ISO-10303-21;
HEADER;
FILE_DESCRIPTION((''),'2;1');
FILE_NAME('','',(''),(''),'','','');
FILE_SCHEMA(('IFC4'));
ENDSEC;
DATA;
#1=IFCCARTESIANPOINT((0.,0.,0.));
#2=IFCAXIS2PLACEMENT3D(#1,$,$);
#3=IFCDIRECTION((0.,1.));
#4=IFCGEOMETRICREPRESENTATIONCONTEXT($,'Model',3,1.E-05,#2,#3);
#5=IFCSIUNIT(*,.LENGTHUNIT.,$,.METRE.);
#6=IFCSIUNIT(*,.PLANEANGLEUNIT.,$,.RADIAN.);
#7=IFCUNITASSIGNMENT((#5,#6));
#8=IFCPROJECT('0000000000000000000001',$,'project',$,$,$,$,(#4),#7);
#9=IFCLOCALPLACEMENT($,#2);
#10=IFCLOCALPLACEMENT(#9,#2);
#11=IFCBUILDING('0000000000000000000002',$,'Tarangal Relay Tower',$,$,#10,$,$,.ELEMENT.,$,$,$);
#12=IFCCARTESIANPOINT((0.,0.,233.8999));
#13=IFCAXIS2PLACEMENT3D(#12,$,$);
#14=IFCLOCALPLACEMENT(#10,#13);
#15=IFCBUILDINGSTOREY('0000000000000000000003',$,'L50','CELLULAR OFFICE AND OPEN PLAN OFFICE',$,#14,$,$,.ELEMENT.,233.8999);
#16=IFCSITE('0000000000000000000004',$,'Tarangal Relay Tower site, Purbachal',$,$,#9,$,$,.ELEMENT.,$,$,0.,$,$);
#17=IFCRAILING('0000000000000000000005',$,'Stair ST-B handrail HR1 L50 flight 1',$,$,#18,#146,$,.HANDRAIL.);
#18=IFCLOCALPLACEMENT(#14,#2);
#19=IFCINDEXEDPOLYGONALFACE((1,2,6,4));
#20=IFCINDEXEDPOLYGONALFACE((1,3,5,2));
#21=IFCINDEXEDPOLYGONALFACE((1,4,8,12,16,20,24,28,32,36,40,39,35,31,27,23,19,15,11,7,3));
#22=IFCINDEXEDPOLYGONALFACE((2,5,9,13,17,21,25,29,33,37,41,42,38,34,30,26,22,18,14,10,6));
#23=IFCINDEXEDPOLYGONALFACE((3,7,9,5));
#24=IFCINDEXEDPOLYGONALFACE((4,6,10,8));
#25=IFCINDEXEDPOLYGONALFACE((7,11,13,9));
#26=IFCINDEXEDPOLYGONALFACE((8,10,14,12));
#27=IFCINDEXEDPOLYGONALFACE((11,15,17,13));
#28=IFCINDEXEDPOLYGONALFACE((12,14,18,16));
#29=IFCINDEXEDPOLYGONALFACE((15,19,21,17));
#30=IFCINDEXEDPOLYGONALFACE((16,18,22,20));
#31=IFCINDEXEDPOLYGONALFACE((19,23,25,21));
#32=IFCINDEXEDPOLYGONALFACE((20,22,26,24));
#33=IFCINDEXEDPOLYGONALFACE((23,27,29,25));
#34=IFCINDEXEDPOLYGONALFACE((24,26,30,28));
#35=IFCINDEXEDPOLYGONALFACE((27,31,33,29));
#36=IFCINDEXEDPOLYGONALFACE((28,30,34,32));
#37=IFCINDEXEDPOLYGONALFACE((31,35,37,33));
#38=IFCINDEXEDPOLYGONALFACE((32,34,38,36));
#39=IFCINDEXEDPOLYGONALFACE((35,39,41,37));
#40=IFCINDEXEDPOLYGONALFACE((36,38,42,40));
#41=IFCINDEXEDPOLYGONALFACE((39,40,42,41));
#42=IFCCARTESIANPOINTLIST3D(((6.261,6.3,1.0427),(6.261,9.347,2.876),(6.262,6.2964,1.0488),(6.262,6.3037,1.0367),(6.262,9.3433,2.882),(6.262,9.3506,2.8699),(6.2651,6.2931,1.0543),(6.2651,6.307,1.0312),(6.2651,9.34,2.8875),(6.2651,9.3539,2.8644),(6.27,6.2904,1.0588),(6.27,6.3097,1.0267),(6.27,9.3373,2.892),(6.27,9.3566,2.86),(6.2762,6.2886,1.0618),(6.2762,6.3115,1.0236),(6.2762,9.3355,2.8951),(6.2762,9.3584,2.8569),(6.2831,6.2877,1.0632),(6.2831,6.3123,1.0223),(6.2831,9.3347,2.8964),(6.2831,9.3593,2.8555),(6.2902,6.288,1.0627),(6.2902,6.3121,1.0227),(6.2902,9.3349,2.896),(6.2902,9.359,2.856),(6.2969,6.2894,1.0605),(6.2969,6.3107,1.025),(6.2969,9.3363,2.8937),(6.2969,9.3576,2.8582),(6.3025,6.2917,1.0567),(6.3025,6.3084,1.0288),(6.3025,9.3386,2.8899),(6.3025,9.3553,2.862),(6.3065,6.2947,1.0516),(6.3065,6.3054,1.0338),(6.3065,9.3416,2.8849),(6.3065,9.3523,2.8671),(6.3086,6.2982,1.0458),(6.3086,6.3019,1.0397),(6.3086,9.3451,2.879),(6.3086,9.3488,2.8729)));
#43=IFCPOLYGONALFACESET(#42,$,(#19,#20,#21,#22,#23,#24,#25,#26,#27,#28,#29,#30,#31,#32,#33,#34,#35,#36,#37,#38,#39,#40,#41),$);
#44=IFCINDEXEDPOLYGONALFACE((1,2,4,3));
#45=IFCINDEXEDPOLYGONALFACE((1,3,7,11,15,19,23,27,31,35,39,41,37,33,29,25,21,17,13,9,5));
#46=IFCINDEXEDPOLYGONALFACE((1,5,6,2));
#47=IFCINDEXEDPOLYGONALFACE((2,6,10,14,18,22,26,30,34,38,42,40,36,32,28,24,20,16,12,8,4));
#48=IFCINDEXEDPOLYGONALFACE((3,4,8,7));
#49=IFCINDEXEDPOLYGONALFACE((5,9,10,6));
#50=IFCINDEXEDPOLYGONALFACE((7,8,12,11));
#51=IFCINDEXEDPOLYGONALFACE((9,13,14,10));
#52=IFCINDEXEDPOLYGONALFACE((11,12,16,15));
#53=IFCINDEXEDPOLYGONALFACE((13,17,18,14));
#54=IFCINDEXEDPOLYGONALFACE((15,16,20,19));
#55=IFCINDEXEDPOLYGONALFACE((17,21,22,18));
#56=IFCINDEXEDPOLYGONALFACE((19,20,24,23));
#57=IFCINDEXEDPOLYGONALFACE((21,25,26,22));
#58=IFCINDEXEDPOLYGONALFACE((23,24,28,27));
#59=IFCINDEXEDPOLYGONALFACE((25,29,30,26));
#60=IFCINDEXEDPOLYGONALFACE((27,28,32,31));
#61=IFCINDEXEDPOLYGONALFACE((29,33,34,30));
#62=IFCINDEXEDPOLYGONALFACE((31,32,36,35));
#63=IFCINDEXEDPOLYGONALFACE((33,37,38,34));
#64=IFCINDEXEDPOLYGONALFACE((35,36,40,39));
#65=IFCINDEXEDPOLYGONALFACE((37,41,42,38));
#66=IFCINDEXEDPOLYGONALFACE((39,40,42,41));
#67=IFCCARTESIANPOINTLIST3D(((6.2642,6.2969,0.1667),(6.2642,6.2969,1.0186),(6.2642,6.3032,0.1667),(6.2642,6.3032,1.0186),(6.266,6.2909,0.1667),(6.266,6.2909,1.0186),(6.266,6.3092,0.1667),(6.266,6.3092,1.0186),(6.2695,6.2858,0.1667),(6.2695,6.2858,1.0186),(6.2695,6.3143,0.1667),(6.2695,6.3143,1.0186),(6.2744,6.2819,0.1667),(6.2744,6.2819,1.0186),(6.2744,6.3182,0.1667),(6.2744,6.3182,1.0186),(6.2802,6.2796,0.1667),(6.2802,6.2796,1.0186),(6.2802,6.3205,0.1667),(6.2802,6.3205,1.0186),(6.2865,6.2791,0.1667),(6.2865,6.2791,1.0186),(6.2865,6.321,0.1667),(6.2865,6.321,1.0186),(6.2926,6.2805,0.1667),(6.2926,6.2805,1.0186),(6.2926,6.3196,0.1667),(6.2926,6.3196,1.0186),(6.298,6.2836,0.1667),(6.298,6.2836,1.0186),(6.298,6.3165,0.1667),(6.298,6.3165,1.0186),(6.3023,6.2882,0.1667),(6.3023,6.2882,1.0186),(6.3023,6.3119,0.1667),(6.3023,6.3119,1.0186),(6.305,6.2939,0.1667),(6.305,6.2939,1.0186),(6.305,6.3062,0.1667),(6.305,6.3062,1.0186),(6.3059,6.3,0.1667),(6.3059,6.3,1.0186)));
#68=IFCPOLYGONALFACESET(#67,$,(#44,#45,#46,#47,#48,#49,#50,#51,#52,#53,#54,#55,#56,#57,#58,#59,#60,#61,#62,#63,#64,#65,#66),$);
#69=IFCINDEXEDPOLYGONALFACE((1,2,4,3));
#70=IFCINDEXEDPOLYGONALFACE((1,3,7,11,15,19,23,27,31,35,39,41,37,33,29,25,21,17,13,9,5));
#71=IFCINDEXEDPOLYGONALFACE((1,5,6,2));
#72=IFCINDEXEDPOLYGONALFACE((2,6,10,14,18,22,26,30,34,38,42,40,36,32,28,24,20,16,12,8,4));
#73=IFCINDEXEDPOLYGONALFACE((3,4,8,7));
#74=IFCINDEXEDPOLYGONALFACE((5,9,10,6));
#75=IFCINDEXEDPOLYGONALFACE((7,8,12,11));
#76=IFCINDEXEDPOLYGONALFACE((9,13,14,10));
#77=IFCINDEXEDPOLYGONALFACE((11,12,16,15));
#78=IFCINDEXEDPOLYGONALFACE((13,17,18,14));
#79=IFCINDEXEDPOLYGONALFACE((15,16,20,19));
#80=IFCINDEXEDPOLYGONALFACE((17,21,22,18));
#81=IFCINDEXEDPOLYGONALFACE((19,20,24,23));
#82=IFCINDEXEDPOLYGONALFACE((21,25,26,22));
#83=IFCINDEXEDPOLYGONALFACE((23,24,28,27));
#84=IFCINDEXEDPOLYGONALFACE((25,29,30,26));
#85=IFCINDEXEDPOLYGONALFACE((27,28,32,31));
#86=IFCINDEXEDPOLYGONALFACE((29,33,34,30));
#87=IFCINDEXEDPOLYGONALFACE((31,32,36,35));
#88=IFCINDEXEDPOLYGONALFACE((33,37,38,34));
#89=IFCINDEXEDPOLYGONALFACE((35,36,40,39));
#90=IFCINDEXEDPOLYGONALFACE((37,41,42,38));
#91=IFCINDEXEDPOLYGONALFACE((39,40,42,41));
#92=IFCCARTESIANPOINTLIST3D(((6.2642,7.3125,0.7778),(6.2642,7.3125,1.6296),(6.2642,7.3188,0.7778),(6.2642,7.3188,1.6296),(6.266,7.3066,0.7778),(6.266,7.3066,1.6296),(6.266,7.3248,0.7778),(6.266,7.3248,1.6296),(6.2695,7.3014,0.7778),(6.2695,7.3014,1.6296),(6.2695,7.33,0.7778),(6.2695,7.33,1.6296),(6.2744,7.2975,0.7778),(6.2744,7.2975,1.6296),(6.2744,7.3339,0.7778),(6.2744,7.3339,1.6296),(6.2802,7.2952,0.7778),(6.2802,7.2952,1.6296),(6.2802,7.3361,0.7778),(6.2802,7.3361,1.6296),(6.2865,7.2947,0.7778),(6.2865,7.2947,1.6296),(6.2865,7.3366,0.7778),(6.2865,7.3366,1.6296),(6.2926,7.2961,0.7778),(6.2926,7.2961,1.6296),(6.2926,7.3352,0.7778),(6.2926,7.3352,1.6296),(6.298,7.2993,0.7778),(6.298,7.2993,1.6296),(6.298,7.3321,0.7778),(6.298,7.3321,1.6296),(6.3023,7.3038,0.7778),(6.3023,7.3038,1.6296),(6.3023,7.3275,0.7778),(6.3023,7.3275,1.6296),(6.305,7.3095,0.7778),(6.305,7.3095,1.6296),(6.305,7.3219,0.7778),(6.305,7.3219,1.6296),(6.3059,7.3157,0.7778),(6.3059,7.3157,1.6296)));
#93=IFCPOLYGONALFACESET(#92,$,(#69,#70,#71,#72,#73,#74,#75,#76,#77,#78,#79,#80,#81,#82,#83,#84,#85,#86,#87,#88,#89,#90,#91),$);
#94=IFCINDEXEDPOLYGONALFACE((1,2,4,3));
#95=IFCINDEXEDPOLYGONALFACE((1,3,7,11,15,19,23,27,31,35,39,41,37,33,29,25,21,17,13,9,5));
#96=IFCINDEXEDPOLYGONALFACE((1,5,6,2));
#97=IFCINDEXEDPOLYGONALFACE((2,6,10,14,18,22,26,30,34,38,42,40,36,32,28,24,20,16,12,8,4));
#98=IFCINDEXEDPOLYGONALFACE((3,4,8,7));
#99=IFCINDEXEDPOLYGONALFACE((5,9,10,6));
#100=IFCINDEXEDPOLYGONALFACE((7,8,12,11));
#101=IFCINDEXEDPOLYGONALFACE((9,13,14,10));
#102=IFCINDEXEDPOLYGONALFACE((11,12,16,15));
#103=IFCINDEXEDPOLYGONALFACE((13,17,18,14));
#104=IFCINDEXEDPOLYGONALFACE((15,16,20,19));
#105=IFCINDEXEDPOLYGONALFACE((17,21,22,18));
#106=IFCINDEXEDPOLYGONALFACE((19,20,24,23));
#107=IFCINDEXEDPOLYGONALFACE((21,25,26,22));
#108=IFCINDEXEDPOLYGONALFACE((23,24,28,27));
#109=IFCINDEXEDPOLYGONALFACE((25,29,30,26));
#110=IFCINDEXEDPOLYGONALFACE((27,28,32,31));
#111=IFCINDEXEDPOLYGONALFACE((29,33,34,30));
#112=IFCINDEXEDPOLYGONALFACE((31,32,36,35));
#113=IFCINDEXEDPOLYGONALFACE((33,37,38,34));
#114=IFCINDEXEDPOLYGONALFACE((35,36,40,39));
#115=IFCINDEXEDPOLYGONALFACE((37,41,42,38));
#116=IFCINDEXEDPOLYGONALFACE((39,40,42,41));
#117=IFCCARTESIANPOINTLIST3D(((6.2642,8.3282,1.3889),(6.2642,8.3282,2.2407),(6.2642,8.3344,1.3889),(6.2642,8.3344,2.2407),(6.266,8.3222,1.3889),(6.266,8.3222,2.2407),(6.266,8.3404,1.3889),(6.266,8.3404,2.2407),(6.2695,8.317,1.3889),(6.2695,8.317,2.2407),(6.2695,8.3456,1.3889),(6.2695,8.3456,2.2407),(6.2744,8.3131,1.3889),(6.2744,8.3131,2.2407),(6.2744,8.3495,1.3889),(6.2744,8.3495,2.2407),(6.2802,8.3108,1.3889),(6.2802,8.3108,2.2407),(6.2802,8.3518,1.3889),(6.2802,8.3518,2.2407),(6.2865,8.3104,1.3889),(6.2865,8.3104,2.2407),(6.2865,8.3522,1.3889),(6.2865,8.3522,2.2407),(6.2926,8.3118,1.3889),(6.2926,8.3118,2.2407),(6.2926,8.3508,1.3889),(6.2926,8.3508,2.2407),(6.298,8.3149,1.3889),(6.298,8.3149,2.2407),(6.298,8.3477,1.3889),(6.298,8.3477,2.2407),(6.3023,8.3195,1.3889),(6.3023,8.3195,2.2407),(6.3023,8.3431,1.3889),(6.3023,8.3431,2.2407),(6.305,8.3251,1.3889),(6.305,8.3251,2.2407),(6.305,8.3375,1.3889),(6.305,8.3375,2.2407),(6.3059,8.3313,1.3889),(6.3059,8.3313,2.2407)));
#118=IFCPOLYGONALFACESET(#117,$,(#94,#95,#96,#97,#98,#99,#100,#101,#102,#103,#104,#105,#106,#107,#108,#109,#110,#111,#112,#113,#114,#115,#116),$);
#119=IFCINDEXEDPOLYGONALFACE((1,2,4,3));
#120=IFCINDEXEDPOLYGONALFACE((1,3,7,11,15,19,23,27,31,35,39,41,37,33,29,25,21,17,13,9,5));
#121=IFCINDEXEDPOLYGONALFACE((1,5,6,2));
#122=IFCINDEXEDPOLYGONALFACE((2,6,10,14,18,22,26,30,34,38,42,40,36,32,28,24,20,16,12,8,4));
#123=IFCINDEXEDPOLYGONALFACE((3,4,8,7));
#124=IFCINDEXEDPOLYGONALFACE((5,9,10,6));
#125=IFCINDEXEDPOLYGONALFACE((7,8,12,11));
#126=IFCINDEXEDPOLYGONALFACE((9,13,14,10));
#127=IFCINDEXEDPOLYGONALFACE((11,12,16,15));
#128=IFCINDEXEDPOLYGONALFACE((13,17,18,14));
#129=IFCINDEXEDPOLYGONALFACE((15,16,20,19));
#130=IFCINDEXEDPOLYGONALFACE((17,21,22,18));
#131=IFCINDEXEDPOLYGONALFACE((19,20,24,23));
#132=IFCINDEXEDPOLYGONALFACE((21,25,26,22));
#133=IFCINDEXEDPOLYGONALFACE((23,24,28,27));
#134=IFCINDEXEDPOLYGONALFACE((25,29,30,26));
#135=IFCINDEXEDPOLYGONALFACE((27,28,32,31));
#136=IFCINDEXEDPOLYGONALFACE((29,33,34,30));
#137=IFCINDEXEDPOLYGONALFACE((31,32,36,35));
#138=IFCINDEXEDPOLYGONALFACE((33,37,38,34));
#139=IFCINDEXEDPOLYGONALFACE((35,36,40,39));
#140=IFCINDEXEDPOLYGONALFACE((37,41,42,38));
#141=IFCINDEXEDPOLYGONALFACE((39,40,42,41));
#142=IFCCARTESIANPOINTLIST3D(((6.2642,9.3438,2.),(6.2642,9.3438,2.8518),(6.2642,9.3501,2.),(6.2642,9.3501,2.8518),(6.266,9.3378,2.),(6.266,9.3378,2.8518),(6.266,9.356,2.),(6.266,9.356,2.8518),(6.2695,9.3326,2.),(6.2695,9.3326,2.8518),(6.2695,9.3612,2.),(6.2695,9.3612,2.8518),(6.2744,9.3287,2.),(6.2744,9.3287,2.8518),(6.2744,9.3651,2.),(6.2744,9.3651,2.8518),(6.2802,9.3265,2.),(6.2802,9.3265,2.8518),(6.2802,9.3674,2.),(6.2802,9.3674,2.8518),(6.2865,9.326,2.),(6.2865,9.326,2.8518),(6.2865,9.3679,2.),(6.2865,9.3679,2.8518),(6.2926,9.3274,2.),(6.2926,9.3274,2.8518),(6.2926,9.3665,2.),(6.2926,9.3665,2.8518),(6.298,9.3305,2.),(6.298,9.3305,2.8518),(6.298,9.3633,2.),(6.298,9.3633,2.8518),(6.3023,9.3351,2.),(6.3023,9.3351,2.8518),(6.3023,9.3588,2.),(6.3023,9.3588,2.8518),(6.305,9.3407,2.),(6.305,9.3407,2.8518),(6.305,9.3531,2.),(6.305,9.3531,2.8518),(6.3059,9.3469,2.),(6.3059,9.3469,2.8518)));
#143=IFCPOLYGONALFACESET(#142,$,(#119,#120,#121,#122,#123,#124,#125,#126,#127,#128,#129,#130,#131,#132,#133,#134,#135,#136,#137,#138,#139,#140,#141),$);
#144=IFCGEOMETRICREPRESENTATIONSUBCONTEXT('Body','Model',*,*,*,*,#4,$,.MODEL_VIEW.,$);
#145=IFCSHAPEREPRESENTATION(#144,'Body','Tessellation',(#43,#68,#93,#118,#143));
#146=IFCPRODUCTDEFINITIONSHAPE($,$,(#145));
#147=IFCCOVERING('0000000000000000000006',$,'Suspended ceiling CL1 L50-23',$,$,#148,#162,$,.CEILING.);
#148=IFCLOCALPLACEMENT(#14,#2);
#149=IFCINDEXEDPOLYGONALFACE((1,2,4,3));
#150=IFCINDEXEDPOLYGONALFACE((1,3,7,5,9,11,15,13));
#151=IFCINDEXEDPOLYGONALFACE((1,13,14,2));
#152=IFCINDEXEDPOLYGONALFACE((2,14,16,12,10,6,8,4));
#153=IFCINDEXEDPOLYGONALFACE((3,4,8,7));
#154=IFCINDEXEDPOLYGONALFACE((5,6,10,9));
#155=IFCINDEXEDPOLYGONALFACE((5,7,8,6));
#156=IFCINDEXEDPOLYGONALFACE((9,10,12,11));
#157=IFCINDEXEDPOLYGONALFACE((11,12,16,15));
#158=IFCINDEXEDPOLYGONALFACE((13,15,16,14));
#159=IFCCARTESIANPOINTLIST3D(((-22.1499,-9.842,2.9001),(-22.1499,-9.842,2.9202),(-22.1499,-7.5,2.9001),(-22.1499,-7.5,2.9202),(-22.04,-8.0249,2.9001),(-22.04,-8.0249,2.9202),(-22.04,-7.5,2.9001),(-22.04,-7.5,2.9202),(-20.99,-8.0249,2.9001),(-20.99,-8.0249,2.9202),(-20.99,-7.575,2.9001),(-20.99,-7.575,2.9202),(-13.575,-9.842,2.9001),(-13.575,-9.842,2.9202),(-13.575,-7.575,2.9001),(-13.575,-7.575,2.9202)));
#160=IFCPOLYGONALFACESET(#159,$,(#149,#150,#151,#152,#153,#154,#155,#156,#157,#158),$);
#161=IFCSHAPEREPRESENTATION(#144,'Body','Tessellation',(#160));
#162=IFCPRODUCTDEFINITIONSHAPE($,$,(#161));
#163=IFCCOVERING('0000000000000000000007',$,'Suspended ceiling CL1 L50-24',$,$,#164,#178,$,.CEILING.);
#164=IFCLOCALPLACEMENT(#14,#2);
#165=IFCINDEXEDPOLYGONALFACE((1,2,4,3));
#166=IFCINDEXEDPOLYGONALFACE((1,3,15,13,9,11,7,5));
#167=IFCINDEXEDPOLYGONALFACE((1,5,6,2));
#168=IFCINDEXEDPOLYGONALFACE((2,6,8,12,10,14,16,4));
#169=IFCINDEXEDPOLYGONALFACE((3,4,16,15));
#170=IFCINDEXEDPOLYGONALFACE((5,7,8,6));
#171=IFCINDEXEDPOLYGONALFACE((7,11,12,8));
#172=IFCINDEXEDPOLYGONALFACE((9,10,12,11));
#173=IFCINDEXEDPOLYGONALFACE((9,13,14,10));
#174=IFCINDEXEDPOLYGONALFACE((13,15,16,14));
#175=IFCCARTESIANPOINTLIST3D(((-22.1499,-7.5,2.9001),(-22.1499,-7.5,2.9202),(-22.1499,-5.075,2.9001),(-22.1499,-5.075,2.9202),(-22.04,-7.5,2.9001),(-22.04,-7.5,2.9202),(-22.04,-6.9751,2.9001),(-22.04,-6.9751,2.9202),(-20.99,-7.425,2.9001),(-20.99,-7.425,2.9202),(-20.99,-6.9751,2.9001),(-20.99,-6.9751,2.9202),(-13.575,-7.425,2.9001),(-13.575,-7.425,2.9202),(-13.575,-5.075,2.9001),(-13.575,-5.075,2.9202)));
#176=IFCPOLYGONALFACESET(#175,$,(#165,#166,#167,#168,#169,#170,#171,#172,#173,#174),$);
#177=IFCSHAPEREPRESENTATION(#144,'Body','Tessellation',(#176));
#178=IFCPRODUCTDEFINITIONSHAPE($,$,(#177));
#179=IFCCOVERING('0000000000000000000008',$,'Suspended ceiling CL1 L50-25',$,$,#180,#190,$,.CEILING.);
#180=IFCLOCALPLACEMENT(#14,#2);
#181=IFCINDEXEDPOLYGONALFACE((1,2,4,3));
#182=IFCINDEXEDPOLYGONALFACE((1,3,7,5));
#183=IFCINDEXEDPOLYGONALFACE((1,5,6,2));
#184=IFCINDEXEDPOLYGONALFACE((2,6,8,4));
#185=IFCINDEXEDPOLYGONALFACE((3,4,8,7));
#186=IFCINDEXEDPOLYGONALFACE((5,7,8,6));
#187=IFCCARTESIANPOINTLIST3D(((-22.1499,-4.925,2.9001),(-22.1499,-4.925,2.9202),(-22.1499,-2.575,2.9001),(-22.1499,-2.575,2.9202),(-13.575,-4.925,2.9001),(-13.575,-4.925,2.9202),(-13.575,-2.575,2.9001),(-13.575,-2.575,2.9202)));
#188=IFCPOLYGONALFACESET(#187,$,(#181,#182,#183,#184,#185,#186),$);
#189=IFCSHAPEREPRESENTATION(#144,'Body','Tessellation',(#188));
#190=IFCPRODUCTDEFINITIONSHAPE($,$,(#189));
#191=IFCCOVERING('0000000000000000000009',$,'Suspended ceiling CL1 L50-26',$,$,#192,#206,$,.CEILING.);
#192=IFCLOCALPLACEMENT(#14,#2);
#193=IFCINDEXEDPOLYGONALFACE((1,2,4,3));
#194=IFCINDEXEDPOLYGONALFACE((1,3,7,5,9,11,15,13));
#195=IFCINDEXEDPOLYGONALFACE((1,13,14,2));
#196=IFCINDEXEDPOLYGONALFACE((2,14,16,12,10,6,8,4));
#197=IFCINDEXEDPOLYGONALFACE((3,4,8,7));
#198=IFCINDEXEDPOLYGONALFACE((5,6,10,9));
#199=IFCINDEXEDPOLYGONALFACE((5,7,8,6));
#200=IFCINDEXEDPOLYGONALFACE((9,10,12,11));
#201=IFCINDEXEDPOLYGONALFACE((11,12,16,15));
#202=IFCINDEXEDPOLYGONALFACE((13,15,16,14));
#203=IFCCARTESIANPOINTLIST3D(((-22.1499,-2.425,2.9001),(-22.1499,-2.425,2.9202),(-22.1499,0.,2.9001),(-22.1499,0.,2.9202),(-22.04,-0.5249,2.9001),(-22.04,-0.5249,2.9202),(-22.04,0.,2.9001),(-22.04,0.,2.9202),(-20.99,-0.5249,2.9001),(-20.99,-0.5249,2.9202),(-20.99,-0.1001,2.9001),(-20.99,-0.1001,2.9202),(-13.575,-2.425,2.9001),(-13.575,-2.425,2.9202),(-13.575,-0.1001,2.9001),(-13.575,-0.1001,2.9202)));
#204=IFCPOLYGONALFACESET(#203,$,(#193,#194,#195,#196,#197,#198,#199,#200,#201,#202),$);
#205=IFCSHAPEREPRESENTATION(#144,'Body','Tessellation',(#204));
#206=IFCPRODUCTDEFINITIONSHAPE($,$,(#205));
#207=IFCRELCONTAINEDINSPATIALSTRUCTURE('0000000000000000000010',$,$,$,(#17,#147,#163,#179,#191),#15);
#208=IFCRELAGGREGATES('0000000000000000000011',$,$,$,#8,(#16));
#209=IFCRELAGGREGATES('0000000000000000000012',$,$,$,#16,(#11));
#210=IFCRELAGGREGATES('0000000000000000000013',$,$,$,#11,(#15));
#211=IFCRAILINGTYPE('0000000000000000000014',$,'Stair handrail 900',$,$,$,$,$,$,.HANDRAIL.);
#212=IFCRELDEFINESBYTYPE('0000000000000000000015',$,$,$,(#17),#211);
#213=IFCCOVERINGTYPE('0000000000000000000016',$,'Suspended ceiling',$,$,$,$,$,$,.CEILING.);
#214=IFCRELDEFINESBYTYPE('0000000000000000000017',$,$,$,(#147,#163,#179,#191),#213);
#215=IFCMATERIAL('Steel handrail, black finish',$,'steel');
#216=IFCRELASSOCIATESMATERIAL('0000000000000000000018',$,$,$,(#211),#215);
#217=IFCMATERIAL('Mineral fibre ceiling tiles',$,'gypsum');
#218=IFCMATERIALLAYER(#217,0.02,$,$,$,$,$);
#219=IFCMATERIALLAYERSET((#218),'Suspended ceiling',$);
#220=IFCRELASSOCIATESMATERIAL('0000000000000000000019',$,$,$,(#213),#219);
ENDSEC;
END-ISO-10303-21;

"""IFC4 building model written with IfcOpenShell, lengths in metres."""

from ifc_helpers import new_model, si_unit, direction, frame, origin, origin_2d, place, context, subcontext, project, spatial, polyline, circle, outline, extrude, material, layer, layer_set, type_object, element, save


model = new_model("IFC4")

# Units and contexts
model_context = context("Model", 3, precision=1e-05, world=origin(), true_north=direction((0.0, 1.0)))
body_context = subcontext(model_context, "Body", "Model", "MODEL_VIEW")
ifc_project = project(units=[si_unit("LENGTHUNIT", "METRE"), si_unit("PLANEANGLEUNIT", "RADIAN")], contexts=[model_context])

# Site, building, storey
site_placement = place(None, origin())
site = spatial("IfcSite", under=ifc_project, at=site_placement, Name="Tarangal Relay Tower site, Purbachal", CompositionType="ELEMENT", RefElevation=0.0)
building_placement = place(site_placement, origin())
building = spatial("IfcBuilding", under=site, at=building_placement, Name="Tarangal Relay Tower", CompositionType="ELEMENT")
storey_placement = place(building_placement, frame((0.0, 0.0, 233.8999)))
storey = spatial("IfcBuildingStorey", under=building, at=storey_placement, Name="L50", Description="CELLULAR OFFICE AND OPEN PLAN OFFICE", CompositionType="ELEMENT", Elevation=233.8999)

# Railing
ifc_material_1 = material(Name="Steel handrail, black finish", Category="steel")
railing_type_1 = type_object("IfcRailingType", Name="Stair handrail 900", PredefinedType="HANDRAIL", material=ifc_material_1)
railing_1_placement = place(storey_placement, frame((6.2849, 6.3, 0.1667)))
element("IfcRailing", 1, at=railing_1_placement, inside=storey, type_object=railing_type_1, Name="Stair ST-B handrail HR1 L50 flight 1", PredefinedType="HANDRAIL", context=body_context, shape_type="SweptSolid", body=[
    extrude(circle(Radius=0.0239, at=origin_2d()), frame((0.0, 0.0, 0.876), z_axis=(0.0, 0.856856, 0.515556), x_axis=(-1.0, 0.0, 0.0)), (0.0, 0.0, 1.0), 3.5559),
    extrude(circle(Radius=0.021, at=origin_2d()), origin(), (0.0, 0.0, 1.0), 0.8518),
    extrude(circle(Radius=0.021, at=origin_2d()), frame((0.0, 1.0156, 0.6111)), (0.0, 0.0, 1.0), 0.8518),
    extrude(circle(Radius=0.021, at=origin_2d()), frame((0.0, 2.0312, 1.2222)), (0.0, 0.0, 1.0), 0.8518),
    extrude(circle(Radius=0.021, at=origin_2d()), frame((0.0, 3.0469, 1.8333)), (0.0, 0.0, 1.0), 0.8518),
])

# Coverings
ifc_material_2 = material(Name="Mineral fibre ceiling tiles", Category="gypsum")
ifc_layer_1 = layer(ifc_material_2, 0.02)
ifc_layer_set_1 = layer_set([ifc_layer_1], Name="Suspended ceiling")
covering_type = type_object("IfcCoveringType", Name="Suspended ceiling", PredefinedType="CEILING", material=ifc_layer_set_1)
covering_1_placement = place(storey_placement, frame((0.0, 0.0, 2.9001)))
element("IfcCovering", 2, at=covering_1_placement, inside=storey, type_object=covering_type, Name="Suspended ceiling CL1 L50-23", PredefinedType="CEILING", context=body_context, shape_type="SweptSolid", body=[
    extrude(outline(polyline([(-22.1499, -7.5), (-22.1499, -9.842), (-13.575, -9.842), (-13.575, -7.575), (-20.99, -7.575), (-20.99, -8.0249), (-22.04, -8.0249), (-22.04, -7.5), (-22.1499, -7.5)])), origin(), (0.0, 0.0, 1.0), 0.02),
])
covering_2_placement = place(storey_placement, frame((0.0, 0.0, 2.9001)))
element("IfcCovering", 3, at=covering_2_placement, inside=storey, type_object=covering_type, Name="Suspended ceiling CL1 L50-24", PredefinedType="CEILING", context=body_context, shape_type="SweptSolid", body=[
    extrude(outline(polyline([(-22.1499, -5.075), (-22.1499, -7.5), (-22.04, -7.5), (-22.04, -6.9751), (-20.99, -6.9751), (-20.99, -7.425), (-13.575, -7.425), (-13.575, -5.075), (-22.1499, -5.075)])), origin(), (0.0, 0.0, 1.0), 0.02),
])
covering_3_placement = place(storey_placement, frame((0.0, 0.0, 2.9001)))
element("IfcCovering", 4, at=covering_3_placement, inside=storey, type_object=covering_type, Name="Suspended ceiling CL1 L50-25", PredefinedType="CEILING", context=body_context, shape_type="SweptSolid", body=[
    extrude(outline(polyline([(-22.1499, -4.925), (-13.575, -4.925), (-13.575, -2.575), (-22.1499, -2.575), (-22.1499, -4.925)])), origin(), (0.0, 0.0, 1.0), 0.02),
])
covering_4_placement = place(storey_placement, frame((0.0, 0.0, 2.9001)))
element("IfcCovering", 5, at=covering_4_placement, inside=storey, type_object=covering_type, Name="Suspended ceiling CL1 L50-26", PredefinedType="CEILING", context=body_context, shape_type="SweptSolid", body=[
    extrude(outline(polyline([(-22.1499, 0.0), (-22.1499, -2.425), (-13.575, -2.425), (-13.575, -0.1001), (-20.99, -0.1001), (-20.99, -0.5249), (-22.04, -0.5249), (-22.04, 0.0), (-22.1499, 0.0)])), origin(), (0.0, 0.0, 1.0), 0.02),
])

save(model, "model.ifc")
